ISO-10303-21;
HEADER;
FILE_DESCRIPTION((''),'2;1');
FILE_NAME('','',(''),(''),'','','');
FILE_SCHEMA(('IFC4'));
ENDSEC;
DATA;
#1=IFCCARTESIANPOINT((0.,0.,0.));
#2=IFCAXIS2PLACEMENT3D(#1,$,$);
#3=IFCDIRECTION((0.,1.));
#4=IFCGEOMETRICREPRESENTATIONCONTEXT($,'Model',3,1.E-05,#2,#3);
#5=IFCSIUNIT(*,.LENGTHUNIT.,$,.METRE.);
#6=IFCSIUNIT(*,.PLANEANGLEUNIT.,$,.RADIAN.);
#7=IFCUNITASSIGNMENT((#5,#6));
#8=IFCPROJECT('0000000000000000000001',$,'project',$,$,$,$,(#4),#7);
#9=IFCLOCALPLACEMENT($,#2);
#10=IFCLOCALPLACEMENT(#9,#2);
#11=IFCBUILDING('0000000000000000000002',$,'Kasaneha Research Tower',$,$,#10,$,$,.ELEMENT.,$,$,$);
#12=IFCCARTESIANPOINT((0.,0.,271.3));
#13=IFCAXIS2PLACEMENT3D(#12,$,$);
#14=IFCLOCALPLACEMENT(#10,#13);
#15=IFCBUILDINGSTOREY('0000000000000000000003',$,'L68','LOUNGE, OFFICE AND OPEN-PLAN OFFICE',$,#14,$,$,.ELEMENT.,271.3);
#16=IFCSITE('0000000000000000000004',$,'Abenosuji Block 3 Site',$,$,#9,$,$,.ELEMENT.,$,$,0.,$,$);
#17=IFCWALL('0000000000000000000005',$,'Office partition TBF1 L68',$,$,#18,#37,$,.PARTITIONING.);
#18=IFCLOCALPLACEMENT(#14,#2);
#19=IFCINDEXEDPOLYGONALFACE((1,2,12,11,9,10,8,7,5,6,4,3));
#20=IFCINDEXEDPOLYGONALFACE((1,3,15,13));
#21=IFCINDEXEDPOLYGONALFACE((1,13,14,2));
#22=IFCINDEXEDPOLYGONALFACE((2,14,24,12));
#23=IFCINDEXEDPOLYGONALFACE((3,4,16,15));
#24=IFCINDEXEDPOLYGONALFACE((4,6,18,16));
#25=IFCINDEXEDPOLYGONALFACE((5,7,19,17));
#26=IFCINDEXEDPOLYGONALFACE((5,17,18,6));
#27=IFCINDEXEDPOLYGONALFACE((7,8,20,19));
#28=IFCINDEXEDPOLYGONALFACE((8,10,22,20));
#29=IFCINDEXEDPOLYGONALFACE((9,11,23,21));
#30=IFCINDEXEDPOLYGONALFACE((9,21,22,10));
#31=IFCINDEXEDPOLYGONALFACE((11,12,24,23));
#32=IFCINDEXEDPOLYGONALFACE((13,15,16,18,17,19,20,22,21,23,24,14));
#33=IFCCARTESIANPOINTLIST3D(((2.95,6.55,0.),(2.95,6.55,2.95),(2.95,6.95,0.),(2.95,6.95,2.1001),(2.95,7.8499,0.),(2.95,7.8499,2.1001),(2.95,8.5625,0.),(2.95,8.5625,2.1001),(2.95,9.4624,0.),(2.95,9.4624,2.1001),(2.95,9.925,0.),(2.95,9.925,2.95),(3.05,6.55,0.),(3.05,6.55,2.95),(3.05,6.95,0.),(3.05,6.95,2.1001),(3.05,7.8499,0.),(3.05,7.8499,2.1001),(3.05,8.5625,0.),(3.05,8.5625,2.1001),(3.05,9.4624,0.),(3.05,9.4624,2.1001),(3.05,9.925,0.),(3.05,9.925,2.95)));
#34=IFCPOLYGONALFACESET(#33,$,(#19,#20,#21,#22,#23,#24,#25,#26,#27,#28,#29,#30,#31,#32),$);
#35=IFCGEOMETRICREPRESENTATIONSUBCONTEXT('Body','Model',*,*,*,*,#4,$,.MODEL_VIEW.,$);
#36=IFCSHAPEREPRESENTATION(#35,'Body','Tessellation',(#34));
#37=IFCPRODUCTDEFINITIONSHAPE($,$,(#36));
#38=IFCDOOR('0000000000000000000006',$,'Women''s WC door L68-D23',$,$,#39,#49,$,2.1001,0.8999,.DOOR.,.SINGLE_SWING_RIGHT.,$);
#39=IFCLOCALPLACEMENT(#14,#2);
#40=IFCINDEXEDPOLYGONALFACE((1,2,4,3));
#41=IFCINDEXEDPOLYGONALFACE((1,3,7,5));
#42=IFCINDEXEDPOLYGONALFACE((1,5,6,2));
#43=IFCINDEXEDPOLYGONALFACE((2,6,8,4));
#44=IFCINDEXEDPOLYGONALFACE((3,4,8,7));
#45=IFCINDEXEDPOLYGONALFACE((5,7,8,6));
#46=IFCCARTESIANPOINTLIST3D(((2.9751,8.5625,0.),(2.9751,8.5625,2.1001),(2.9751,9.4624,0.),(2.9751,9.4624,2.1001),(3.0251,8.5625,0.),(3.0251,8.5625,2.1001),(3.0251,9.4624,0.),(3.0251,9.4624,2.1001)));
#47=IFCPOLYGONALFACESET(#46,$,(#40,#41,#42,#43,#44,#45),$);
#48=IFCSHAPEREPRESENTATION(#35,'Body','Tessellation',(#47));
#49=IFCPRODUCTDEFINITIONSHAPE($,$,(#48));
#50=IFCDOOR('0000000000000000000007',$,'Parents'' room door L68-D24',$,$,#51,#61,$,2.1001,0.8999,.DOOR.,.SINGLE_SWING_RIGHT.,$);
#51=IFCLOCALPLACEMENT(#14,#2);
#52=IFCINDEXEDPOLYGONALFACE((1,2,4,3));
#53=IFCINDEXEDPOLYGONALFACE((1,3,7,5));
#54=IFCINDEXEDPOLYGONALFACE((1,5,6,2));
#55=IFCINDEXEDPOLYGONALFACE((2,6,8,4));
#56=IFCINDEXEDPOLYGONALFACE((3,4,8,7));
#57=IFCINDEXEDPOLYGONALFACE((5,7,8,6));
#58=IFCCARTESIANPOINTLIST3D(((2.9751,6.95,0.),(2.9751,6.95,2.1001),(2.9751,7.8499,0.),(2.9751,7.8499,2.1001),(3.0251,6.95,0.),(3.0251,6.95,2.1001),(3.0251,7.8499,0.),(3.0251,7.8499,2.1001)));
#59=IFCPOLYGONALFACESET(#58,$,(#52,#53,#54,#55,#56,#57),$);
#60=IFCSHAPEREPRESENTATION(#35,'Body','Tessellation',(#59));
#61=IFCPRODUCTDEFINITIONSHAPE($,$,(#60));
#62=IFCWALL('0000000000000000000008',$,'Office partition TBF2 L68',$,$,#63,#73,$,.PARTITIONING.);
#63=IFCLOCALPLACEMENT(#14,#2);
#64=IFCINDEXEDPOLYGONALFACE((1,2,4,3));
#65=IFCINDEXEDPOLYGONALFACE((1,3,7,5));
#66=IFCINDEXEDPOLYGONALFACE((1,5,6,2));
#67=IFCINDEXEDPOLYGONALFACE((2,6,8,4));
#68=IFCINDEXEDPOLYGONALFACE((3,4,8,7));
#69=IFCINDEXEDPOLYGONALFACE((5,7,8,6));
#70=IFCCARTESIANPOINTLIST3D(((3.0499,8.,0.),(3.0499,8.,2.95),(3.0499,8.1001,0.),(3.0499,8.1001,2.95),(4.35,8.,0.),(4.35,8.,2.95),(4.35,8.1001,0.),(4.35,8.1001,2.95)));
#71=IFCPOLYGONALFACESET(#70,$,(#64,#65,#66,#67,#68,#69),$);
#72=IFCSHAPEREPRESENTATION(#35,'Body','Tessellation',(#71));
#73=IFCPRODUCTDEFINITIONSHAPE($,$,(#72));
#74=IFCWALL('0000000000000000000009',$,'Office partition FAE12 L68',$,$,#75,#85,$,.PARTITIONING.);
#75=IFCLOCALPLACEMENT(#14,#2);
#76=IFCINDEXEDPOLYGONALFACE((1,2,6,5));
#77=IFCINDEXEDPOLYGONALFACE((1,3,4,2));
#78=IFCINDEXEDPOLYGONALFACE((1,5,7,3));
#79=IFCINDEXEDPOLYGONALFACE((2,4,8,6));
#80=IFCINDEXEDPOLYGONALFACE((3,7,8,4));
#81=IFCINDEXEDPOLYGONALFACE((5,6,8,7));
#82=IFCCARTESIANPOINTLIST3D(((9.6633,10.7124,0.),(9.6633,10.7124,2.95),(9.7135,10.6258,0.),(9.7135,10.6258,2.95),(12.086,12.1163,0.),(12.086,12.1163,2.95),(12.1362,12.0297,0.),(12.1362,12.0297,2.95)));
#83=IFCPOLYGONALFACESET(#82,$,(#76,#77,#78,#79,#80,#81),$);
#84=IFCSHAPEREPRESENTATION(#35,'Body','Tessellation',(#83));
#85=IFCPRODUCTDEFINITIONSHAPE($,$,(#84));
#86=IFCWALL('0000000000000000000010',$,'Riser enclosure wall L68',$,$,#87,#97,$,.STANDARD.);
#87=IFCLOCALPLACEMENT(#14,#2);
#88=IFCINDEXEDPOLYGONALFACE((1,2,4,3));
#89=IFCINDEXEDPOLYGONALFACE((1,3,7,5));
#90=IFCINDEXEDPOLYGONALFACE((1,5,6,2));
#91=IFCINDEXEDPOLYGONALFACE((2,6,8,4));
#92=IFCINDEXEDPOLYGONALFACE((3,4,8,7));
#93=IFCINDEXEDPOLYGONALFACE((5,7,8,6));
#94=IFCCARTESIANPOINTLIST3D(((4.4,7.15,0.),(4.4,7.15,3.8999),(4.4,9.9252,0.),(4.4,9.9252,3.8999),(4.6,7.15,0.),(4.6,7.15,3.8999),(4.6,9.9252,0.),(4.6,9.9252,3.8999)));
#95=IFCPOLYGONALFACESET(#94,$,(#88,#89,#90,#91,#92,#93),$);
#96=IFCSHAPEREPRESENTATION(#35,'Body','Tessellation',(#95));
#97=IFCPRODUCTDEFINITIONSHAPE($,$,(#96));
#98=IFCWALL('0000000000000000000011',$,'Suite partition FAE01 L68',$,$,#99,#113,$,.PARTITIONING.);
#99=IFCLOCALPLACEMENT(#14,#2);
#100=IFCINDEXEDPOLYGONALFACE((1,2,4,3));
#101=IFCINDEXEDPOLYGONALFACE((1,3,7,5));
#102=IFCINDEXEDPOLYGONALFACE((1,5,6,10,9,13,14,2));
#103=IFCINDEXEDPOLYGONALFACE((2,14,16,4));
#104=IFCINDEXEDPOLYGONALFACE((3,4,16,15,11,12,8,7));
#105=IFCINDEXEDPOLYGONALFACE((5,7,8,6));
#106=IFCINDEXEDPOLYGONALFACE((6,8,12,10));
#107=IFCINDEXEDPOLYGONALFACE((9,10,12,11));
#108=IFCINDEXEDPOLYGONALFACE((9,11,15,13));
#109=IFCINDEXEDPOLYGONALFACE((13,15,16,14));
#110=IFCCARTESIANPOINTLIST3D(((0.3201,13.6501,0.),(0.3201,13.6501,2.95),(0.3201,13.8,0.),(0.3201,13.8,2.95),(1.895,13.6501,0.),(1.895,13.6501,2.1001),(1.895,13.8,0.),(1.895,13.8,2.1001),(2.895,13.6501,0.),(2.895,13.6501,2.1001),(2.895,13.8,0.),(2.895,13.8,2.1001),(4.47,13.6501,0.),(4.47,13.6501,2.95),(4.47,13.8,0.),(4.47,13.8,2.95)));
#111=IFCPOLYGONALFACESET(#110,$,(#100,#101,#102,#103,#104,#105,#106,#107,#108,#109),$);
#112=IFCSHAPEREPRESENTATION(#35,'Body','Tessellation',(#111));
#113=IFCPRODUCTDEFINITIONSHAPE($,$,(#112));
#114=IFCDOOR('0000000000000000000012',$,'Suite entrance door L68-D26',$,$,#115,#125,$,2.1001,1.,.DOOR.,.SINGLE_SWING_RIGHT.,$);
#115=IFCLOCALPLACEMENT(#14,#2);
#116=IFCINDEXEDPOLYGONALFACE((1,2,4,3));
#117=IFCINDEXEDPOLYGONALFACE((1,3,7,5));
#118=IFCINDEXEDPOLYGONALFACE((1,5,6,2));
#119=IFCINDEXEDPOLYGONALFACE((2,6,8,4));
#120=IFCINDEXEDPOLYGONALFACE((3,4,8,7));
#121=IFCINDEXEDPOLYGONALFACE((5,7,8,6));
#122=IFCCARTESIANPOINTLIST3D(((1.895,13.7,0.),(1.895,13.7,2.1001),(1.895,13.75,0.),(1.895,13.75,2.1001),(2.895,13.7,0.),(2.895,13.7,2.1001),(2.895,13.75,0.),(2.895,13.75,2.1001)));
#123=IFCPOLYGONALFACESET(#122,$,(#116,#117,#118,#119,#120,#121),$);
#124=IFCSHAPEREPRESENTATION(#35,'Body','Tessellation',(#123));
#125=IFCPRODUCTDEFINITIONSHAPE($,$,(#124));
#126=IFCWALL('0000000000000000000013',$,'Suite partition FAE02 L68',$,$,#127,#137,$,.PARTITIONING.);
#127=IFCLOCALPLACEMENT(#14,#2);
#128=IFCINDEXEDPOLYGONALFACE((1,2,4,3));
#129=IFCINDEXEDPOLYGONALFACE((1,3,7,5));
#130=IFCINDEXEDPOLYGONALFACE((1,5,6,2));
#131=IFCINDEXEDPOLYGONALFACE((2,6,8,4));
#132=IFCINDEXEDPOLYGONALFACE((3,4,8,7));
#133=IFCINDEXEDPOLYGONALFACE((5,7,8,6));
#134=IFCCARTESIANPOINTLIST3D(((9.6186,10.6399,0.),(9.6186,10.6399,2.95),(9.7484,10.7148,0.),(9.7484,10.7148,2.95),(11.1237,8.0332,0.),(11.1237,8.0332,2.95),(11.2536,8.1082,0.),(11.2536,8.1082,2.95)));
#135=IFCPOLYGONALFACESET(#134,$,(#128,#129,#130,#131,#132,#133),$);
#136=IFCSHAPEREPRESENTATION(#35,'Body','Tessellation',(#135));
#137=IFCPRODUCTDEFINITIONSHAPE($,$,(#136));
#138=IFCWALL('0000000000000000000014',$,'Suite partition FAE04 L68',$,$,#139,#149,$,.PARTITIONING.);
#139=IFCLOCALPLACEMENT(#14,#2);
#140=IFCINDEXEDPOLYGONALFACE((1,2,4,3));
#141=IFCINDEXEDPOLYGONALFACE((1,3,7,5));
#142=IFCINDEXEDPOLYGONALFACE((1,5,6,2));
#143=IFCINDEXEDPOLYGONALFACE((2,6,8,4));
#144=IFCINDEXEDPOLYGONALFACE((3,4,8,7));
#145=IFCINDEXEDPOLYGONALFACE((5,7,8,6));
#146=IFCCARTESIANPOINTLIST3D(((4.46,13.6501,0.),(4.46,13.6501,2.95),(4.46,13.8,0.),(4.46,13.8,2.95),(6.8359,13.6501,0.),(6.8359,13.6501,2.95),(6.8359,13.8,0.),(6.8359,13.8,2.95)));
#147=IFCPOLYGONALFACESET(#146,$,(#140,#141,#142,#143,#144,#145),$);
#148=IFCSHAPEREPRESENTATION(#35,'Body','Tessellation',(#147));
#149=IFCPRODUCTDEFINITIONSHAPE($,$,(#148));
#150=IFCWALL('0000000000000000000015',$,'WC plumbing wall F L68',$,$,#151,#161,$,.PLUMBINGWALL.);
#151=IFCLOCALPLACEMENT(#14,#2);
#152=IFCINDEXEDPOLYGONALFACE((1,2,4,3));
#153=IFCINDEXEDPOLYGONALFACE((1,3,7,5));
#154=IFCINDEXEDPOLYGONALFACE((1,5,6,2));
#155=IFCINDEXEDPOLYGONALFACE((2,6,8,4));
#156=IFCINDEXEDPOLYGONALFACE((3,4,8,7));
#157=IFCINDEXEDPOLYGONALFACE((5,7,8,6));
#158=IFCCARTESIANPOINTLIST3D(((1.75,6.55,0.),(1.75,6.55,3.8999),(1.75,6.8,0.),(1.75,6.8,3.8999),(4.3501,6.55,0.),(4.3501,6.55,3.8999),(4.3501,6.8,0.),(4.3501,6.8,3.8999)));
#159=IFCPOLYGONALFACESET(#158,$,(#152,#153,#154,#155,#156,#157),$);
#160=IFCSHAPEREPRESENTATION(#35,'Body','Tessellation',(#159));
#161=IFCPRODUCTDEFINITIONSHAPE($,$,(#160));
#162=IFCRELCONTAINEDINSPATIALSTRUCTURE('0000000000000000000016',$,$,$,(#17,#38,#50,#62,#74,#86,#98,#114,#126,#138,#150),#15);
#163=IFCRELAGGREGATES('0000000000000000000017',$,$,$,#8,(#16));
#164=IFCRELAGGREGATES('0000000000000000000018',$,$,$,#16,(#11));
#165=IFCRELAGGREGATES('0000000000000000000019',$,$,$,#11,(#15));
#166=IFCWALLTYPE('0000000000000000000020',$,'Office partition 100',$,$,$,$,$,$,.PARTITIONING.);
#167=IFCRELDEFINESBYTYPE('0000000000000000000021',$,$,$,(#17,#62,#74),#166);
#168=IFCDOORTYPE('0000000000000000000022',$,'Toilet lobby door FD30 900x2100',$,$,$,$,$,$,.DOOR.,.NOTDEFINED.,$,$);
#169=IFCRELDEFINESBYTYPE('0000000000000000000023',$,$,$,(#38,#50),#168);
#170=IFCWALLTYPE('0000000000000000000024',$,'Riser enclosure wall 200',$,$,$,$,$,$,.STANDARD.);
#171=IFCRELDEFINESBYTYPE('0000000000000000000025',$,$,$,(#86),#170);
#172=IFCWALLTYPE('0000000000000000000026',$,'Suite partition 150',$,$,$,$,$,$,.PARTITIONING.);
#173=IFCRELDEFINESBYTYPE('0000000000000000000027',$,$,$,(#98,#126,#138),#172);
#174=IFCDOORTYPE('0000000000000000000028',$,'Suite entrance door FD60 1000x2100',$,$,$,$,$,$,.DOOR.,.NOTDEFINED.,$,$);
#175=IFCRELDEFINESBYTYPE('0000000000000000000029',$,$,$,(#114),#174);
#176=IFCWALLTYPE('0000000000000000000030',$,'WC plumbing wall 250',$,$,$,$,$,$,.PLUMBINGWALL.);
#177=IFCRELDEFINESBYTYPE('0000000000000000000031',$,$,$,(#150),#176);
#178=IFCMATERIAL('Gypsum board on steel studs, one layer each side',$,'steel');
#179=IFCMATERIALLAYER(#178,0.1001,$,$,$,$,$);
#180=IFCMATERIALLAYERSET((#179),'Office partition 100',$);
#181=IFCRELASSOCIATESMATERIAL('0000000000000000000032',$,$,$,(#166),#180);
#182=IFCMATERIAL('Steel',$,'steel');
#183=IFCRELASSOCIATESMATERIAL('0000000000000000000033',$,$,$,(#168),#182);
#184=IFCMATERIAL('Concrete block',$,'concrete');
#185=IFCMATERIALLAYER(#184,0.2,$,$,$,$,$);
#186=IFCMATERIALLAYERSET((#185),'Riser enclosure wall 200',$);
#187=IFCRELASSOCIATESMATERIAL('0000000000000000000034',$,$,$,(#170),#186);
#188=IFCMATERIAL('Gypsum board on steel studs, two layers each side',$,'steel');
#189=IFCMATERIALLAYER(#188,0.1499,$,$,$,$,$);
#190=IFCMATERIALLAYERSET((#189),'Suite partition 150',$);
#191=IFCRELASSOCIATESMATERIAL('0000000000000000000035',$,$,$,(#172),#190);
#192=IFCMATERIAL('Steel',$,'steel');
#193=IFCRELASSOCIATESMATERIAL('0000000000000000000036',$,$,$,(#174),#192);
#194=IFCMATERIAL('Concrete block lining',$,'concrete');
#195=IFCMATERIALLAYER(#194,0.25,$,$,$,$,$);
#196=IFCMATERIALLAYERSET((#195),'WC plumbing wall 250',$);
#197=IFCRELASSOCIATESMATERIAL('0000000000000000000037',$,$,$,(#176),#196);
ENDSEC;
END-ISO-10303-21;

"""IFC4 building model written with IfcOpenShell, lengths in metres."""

from ifc_helpers import new_model, si_unit, direction, frame, frame_2d, origin, place, context, subcontext, project, spatial, rectangle, extrude, material, layer, layer_set, type_object, element, fill, save


model = new_model("IFC4")

# Units and contexts
model_context = context("Model", 3, precision=1e-05, world=origin(), true_north=direction((0.0, 1.0)))
body_context = subcontext(model_context, "Body", "Model", "MODEL_VIEW")
ifc_project = project(units=[si_unit("LENGTHUNIT", "METRE"), si_unit("PLANEANGLEUNIT", "RADIAN")], contexts=[model_context])

# Site, building, storey
site_placement = place(None, origin())
site = spatial("IfcSite", under=ifc_project, at=site_placement, Name="Abenosuji Block 3 Site", CompositionType="ELEMENT", RefElevation=0.0)
building_placement = place(site_placement, origin())
building = spatial("IfcBuilding", under=site, at=building_placement, Name="Kasaneha Research Tower", CompositionType="ELEMENT")
storey_placement = place(building_placement, frame((0.0, 0.0, 271.3)))
storey = spatial("IfcBuildingStorey", under=building, at=storey_placement, Name="L68", Description="LOUNGE, OFFICE AND OPEN-PLAN OFFICE", CompositionType="ELEMENT", Elevation=271.3)

# Wall, openings, doors
ifc_material_1 = material(Name="Gypsum board on steel studs, one layer each side", Category="steel")
ifc_layer_1 = layer(ifc_material_1, 0.1001)
ifc_layer_set_1 = layer_set([ifc_layer_1], Name="Office partition 100")
wall_type_1 = type_object("IfcWallType", Name="Office partition 100", PredefinedType="PARTITIONING", material=ifc_layer_set_1)
wall_1_placement = place(storey_placement, frame((3.0, 6.55, 0.0), z_axis=(0.0, 0.0, 1.0), x_axis=(0.0, 1.0, 0.0)))
wall_1 = element("IfcWall", 1, at=wall_1_placement, inside=storey, type_object=wall_type_1, Name="Office partition TBF1 L68", PredefinedType="PARTITIONING", context=body_context, shape_type="SweptSolid", body=[
    extrude(rectangle(XDim=3.375, YDim=0.1001, at=frame_2d((1.6875, 0.0))), origin(), (0.0, 0.0, 1.0), 2.95),
])
opening_1_placement = place(wall_1_placement, frame((2.0125, 0.0, 0.0)))
opening_1 = element("IfcOpeningElement", 2, at=opening_1_placement, cuts=wall_1, PredefinedType="OPENING", context=body_context, shape_type="SweptSolid", body=[
    extrude(rectangle(XDim=0.8999, YDim=2.1001, at=frame_2d((0.45, 1.05))), frame((0.0, 0.0601, 0.0), z_axis=(0.0, -1.0, 0.0), x_axis=(1.0, 0.0, 0.0)), (0.0, 0.0, 1.0), 0.1201),
])
opening_2_placement = place(wall_1_placement, frame((0.3999, 0.0, 0.0)))
opening_2 = element("IfcOpeningElement", 3, at=opening_2_placement, cuts=wall_1, PredefinedType="OPENING", context=body_context, shape_type="SweptSolid", body=[
    extrude(rectangle(XDim=0.8999, YDim=2.1001, at=frame_2d((0.45, 1.05))), frame((0.0, 0.0601, 0.0), z_axis=(0.0, -1.0, 0.0), x_axis=(1.0, 0.0, 0.0)), (0.0, 0.0, 1.0), 0.1201),
])
ifc_material_2 = material(Name="Steel", Category="steel")
door_type_1 = type_object("IfcDoorType", Name="Toilet lobby door FD30 900x2100", OperationType="NOTDEFINED", PredefinedType="DOOR", material=ifc_material_2)
door_1_placement = place(opening_1_placement, origin())
door_1 = element("IfcDoor", 4, at=door_1_placement, inside=storey, type_object=door_type_1, Name="Women's WC door L68-D23", OperationType="SINGLE_SWING_RIGHT", OverallHeight=2.1001, OverallWidth=0.8999, PredefinedType="DOOR", context=body_context, shape_type="SweptSolid", body=[
    extrude(rectangle(XDim=0.8999, YDim=2.1001, at=frame_2d((0.45, 1.05))), frame((0.0, 0.0249, 0.0), z_axis=(0.0, -1.0, 0.0), x_axis=(1.0, 0.0, 0.0)), (0.0, 0.0, 1.0), 0.05),
])
fill(opening_1, door_1)
door_2_placement = place(opening_2_placement, origin())
door_2 = element("IfcDoor", 5, at=door_2_placement, inside=storey, type_object=door_type_1, Name="Parents' room door L68-D24", OperationType="SINGLE_SWING_RIGHT", OverallHeight=2.1001, OverallWidth=0.8999, PredefinedType="DOOR", context=body_context, shape_type="SweptSolid", body=[
    extrude(rectangle(XDim=0.8999, YDim=2.1001, at=frame_2d((0.45, 1.05))), frame((0.0, 0.0249, 0.0), z_axis=(0.0, -1.0, 0.0), x_axis=(1.0, 0.0, 0.0)), (0.0, 0.0, 1.0), 0.05),
])
fill(opening_2, door_2)

# Walls
wall_2_placement = place(storey_placement, frame((3.05, 8.05, 0.0), z_axis=(0.0, 0.0, 1.0), x_axis=(1.0, 0.0, 0.0)))
element("IfcWall", 6, at=wall_2_placement, inside=storey, type_object=wall_type_1, Name="Office partition TBF2 L68", PredefinedType="PARTITIONING", context=body_context, shape_type="SweptSolid", body=[
    extrude(rectangle(XDim=1.3, YDim=0.1001, at=frame_2d((0.6499, 0.0))), origin(), (0.0, 0.0, 1.0), 2.95),
])
wall_3_placement = place(storey_placement, frame((9.6885, 10.6692, 0.0), z_axis=(0.0, 0.0, 1.0), x_axis=(0.865233, 0.50137, 0.0)))
element("IfcWall", 7, at=wall_3_placement, inside=storey, type_object=wall_type_1, Name="Office partition FAE12 L68", PredefinedType="PARTITIONING", context=body_context, shape_type="SweptSolid", body=[
    extrude(rectangle(XDim=2.8, YDim=0.1001, at=frame_2d((1.3999, 0.0))), origin(), (0.0, 0.0, 1.0), 2.95),
])
ifc_material_3 = material(Name="Concrete block", Category="concrete")
ifc_layer_2 = layer(ifc_material_3, 0.2)
ifc_layer_set_2 = layer_set([ifc_layer_2], Name="Riser enclosure wall 200")
wall_type_2 = type_object("IfcWallType", Name="Riser enclosure wall 200", PredefinedType="STANDARD", material=ifc_layer_set_2)
wall_4_placement = place(storey_placement, frame((4.5, 7.1499, 0.0), z_axis=(0.0, 0.0, 1.0), x_axis=(0.0, 1.0, 0.0)))
element("IfcWall", 8, at=wall_4_placement, inside=storey, type_object=wall_type_2, Name="Riser enclosure wall L68", PredefinedType="STANDARD", context=body_context, shape_type="SweptSolid", body=[
    extrude(rectangle(XDim=2.7751, YDim=0.2, at=frame_2d((1.3877, 0.0))), origin(), (0.0, 0.0, 1.0), 3.8999),
])

# Wall, opening, door
ifc_material_4 = material(Name="Gypsum board on steel studs, two layers each side", Category="steel")
ifc_layer_3 = layer(ifc_material_4, 0.1499)
ifc_layer_set_3 = layer_set([ifc_layer_3], Name="Suite partition 150")
wall_type_3 = type_object("IfcWallType", Name="Suite partition 150", PredefinedType="PARTITIONING", material=ifc_layer_set_3)
wall_5_placement = place(storey_placement, frame((0.3201, 13.7251, 0.0), z_axis=(0.0, 0.0, 1.0), x_axis=(1.0, 0.0, 0.0)))
wall_5 = element("IfcWall", 9, at=wall_5_placement, inside=storey, type_object=wall_type_3, Name="Suite partition FAE01 L68", PredefinedType="PARTITIONING", context=body_context, shape_type="SweptSolid", body=[
    extrude(rectangle(XDim=4.1499, YDim=0.1499, at=frame_2d((2.075, 0.0))), origin(), (0.0, 0.0, 1.0), 2.95),
])
opening_3_placement = place(wall_5_placement, frame((1.575, 0.0, 0.0)))
opening_3 = element("IfcOpeningElement", 10, at=opening_3_placement, cuts=wall_5, PredefinedType="OPENING", context=body_context, shape_type="SweptSolid", body=[
    extrude(rectangle(XDim=1.0, YDim=2.1001, at=frame_2d((0.5, 1.05))), frame((0.0, 0.085, 0.0), z_axis=(0.0, -1.0, 0.0), x_axis=(1.0, 0.0, 0.0)), (0.0, 0.0, 1.0), 0.1699),
])
ifc_material_5 = material(Name="Steel", Category="steel")
door_type_2 = type_object("IfcDoorType", Name="Suite entrance door FD60 1000x2100", OperationType="NOTDEFINED", PredefinedType="DOOR", material=ifc_material_5)
door_3_placement = place(opening_3_placement, origin())
door_3 = element("IfcDoor", 11, at=door_3_placement, inside=storey, type_object=door_type_2, Name="Suite entrance door L68-D26", OperationType="SINGLE_SWING_RIGHT", OverallHeight=2.1001, OverallWidth=1.0, PredefinedType="DOOR", context=body_context, shape_type="SweptSolid", body=[
    extrude(rectangle(XDim=1.0, YDim=2.1001, at=frame_2d((0.5, 1.05))), frame((0.0, 0.0249, 0.0), z_axis=(0.0, -1.0, 0.0), x_axis=(1.0, 0.0, 0.0)), (0.0, 0.0, 1.0), 0.05),
])
fill(opening_3, door_3)

# Walls
wall_6_placement = place(storey_placement, frame((9.6836, 10.6772, 0.0), z_axis=(0.0, 0.0, 1.0), x_axis=(0.500038, -0.866003, 0.0)))
element("IfcWall", 12, at=wall_6_placement, inside=storey, type_object=wall_type_3, Name="Suite partition FAE02 L68", PredefinedType="PARTITIONING", context=body_context, shape_type="SweptSolid", body=[
    extrude(rectangle(XDim=3.01, YDim=0.1499, at=frame_2d((1.5049, 0.0))), origin(), (0.0, 0.0, 1.0), 2.95),
])
wall_7_placement = place(storey_placement, frame((4.46, 13.7251, 0.0), z_axis=(0.0, 0.0, 1.0), x_axis=(1.0, 0.0, 0.0)))
element("IfcWall", 13, at=wall_7_placement, inside=storey, type_object=wall_type_3, Name="Suite partition FAE04 L68", PredefinedType="PARTITIONING", context=body_context, shape_type="SweptSolid", body=[
    extrude(rectangle(XDim=2.376, YDim=0.1499, at=frame_2d((1.188, 0.0))), origin(), (0.0, 0.0, 1.0), 2.95),
])
ifc_material_6 = material(Name="Concrete block lining", Category="concrete")
ifc_layer_4 = layer(ifc_material_6, 0.25)
ifc_layer_set_4 = layer_set([ifc_layer_4], Name="WC plumbing wall 250")
wall_type_4 = type_object("IfcWallType", Name="WC plumbing wall 250", PredefinedType="PLUMBINGWALL", material=ifc_layer_set_4)
wall_8_placement = place(storey_placement, frame((1.75, 6.675, 0.0), z_axis=(0.0, 0.0, 1.0), x_axis=(1.0, 0.0, 0.0)))
element("IfcWall", 14, at=wall_8_placement, inside=storey, type_object=wall_type_4, Name="WC plumbing wall F L68", PredefinedType="PLUMBINGWALL", context=body_context, shape_type="SweptSolid", body=[
    extrude(rectangle(XDim=2.6001, YDim=0.25, at=frame_2d((1.3, 0.0))), origin(), (0.0, 0.0, 1.0), 3.8999),
])

save(model, "model.ifc")
